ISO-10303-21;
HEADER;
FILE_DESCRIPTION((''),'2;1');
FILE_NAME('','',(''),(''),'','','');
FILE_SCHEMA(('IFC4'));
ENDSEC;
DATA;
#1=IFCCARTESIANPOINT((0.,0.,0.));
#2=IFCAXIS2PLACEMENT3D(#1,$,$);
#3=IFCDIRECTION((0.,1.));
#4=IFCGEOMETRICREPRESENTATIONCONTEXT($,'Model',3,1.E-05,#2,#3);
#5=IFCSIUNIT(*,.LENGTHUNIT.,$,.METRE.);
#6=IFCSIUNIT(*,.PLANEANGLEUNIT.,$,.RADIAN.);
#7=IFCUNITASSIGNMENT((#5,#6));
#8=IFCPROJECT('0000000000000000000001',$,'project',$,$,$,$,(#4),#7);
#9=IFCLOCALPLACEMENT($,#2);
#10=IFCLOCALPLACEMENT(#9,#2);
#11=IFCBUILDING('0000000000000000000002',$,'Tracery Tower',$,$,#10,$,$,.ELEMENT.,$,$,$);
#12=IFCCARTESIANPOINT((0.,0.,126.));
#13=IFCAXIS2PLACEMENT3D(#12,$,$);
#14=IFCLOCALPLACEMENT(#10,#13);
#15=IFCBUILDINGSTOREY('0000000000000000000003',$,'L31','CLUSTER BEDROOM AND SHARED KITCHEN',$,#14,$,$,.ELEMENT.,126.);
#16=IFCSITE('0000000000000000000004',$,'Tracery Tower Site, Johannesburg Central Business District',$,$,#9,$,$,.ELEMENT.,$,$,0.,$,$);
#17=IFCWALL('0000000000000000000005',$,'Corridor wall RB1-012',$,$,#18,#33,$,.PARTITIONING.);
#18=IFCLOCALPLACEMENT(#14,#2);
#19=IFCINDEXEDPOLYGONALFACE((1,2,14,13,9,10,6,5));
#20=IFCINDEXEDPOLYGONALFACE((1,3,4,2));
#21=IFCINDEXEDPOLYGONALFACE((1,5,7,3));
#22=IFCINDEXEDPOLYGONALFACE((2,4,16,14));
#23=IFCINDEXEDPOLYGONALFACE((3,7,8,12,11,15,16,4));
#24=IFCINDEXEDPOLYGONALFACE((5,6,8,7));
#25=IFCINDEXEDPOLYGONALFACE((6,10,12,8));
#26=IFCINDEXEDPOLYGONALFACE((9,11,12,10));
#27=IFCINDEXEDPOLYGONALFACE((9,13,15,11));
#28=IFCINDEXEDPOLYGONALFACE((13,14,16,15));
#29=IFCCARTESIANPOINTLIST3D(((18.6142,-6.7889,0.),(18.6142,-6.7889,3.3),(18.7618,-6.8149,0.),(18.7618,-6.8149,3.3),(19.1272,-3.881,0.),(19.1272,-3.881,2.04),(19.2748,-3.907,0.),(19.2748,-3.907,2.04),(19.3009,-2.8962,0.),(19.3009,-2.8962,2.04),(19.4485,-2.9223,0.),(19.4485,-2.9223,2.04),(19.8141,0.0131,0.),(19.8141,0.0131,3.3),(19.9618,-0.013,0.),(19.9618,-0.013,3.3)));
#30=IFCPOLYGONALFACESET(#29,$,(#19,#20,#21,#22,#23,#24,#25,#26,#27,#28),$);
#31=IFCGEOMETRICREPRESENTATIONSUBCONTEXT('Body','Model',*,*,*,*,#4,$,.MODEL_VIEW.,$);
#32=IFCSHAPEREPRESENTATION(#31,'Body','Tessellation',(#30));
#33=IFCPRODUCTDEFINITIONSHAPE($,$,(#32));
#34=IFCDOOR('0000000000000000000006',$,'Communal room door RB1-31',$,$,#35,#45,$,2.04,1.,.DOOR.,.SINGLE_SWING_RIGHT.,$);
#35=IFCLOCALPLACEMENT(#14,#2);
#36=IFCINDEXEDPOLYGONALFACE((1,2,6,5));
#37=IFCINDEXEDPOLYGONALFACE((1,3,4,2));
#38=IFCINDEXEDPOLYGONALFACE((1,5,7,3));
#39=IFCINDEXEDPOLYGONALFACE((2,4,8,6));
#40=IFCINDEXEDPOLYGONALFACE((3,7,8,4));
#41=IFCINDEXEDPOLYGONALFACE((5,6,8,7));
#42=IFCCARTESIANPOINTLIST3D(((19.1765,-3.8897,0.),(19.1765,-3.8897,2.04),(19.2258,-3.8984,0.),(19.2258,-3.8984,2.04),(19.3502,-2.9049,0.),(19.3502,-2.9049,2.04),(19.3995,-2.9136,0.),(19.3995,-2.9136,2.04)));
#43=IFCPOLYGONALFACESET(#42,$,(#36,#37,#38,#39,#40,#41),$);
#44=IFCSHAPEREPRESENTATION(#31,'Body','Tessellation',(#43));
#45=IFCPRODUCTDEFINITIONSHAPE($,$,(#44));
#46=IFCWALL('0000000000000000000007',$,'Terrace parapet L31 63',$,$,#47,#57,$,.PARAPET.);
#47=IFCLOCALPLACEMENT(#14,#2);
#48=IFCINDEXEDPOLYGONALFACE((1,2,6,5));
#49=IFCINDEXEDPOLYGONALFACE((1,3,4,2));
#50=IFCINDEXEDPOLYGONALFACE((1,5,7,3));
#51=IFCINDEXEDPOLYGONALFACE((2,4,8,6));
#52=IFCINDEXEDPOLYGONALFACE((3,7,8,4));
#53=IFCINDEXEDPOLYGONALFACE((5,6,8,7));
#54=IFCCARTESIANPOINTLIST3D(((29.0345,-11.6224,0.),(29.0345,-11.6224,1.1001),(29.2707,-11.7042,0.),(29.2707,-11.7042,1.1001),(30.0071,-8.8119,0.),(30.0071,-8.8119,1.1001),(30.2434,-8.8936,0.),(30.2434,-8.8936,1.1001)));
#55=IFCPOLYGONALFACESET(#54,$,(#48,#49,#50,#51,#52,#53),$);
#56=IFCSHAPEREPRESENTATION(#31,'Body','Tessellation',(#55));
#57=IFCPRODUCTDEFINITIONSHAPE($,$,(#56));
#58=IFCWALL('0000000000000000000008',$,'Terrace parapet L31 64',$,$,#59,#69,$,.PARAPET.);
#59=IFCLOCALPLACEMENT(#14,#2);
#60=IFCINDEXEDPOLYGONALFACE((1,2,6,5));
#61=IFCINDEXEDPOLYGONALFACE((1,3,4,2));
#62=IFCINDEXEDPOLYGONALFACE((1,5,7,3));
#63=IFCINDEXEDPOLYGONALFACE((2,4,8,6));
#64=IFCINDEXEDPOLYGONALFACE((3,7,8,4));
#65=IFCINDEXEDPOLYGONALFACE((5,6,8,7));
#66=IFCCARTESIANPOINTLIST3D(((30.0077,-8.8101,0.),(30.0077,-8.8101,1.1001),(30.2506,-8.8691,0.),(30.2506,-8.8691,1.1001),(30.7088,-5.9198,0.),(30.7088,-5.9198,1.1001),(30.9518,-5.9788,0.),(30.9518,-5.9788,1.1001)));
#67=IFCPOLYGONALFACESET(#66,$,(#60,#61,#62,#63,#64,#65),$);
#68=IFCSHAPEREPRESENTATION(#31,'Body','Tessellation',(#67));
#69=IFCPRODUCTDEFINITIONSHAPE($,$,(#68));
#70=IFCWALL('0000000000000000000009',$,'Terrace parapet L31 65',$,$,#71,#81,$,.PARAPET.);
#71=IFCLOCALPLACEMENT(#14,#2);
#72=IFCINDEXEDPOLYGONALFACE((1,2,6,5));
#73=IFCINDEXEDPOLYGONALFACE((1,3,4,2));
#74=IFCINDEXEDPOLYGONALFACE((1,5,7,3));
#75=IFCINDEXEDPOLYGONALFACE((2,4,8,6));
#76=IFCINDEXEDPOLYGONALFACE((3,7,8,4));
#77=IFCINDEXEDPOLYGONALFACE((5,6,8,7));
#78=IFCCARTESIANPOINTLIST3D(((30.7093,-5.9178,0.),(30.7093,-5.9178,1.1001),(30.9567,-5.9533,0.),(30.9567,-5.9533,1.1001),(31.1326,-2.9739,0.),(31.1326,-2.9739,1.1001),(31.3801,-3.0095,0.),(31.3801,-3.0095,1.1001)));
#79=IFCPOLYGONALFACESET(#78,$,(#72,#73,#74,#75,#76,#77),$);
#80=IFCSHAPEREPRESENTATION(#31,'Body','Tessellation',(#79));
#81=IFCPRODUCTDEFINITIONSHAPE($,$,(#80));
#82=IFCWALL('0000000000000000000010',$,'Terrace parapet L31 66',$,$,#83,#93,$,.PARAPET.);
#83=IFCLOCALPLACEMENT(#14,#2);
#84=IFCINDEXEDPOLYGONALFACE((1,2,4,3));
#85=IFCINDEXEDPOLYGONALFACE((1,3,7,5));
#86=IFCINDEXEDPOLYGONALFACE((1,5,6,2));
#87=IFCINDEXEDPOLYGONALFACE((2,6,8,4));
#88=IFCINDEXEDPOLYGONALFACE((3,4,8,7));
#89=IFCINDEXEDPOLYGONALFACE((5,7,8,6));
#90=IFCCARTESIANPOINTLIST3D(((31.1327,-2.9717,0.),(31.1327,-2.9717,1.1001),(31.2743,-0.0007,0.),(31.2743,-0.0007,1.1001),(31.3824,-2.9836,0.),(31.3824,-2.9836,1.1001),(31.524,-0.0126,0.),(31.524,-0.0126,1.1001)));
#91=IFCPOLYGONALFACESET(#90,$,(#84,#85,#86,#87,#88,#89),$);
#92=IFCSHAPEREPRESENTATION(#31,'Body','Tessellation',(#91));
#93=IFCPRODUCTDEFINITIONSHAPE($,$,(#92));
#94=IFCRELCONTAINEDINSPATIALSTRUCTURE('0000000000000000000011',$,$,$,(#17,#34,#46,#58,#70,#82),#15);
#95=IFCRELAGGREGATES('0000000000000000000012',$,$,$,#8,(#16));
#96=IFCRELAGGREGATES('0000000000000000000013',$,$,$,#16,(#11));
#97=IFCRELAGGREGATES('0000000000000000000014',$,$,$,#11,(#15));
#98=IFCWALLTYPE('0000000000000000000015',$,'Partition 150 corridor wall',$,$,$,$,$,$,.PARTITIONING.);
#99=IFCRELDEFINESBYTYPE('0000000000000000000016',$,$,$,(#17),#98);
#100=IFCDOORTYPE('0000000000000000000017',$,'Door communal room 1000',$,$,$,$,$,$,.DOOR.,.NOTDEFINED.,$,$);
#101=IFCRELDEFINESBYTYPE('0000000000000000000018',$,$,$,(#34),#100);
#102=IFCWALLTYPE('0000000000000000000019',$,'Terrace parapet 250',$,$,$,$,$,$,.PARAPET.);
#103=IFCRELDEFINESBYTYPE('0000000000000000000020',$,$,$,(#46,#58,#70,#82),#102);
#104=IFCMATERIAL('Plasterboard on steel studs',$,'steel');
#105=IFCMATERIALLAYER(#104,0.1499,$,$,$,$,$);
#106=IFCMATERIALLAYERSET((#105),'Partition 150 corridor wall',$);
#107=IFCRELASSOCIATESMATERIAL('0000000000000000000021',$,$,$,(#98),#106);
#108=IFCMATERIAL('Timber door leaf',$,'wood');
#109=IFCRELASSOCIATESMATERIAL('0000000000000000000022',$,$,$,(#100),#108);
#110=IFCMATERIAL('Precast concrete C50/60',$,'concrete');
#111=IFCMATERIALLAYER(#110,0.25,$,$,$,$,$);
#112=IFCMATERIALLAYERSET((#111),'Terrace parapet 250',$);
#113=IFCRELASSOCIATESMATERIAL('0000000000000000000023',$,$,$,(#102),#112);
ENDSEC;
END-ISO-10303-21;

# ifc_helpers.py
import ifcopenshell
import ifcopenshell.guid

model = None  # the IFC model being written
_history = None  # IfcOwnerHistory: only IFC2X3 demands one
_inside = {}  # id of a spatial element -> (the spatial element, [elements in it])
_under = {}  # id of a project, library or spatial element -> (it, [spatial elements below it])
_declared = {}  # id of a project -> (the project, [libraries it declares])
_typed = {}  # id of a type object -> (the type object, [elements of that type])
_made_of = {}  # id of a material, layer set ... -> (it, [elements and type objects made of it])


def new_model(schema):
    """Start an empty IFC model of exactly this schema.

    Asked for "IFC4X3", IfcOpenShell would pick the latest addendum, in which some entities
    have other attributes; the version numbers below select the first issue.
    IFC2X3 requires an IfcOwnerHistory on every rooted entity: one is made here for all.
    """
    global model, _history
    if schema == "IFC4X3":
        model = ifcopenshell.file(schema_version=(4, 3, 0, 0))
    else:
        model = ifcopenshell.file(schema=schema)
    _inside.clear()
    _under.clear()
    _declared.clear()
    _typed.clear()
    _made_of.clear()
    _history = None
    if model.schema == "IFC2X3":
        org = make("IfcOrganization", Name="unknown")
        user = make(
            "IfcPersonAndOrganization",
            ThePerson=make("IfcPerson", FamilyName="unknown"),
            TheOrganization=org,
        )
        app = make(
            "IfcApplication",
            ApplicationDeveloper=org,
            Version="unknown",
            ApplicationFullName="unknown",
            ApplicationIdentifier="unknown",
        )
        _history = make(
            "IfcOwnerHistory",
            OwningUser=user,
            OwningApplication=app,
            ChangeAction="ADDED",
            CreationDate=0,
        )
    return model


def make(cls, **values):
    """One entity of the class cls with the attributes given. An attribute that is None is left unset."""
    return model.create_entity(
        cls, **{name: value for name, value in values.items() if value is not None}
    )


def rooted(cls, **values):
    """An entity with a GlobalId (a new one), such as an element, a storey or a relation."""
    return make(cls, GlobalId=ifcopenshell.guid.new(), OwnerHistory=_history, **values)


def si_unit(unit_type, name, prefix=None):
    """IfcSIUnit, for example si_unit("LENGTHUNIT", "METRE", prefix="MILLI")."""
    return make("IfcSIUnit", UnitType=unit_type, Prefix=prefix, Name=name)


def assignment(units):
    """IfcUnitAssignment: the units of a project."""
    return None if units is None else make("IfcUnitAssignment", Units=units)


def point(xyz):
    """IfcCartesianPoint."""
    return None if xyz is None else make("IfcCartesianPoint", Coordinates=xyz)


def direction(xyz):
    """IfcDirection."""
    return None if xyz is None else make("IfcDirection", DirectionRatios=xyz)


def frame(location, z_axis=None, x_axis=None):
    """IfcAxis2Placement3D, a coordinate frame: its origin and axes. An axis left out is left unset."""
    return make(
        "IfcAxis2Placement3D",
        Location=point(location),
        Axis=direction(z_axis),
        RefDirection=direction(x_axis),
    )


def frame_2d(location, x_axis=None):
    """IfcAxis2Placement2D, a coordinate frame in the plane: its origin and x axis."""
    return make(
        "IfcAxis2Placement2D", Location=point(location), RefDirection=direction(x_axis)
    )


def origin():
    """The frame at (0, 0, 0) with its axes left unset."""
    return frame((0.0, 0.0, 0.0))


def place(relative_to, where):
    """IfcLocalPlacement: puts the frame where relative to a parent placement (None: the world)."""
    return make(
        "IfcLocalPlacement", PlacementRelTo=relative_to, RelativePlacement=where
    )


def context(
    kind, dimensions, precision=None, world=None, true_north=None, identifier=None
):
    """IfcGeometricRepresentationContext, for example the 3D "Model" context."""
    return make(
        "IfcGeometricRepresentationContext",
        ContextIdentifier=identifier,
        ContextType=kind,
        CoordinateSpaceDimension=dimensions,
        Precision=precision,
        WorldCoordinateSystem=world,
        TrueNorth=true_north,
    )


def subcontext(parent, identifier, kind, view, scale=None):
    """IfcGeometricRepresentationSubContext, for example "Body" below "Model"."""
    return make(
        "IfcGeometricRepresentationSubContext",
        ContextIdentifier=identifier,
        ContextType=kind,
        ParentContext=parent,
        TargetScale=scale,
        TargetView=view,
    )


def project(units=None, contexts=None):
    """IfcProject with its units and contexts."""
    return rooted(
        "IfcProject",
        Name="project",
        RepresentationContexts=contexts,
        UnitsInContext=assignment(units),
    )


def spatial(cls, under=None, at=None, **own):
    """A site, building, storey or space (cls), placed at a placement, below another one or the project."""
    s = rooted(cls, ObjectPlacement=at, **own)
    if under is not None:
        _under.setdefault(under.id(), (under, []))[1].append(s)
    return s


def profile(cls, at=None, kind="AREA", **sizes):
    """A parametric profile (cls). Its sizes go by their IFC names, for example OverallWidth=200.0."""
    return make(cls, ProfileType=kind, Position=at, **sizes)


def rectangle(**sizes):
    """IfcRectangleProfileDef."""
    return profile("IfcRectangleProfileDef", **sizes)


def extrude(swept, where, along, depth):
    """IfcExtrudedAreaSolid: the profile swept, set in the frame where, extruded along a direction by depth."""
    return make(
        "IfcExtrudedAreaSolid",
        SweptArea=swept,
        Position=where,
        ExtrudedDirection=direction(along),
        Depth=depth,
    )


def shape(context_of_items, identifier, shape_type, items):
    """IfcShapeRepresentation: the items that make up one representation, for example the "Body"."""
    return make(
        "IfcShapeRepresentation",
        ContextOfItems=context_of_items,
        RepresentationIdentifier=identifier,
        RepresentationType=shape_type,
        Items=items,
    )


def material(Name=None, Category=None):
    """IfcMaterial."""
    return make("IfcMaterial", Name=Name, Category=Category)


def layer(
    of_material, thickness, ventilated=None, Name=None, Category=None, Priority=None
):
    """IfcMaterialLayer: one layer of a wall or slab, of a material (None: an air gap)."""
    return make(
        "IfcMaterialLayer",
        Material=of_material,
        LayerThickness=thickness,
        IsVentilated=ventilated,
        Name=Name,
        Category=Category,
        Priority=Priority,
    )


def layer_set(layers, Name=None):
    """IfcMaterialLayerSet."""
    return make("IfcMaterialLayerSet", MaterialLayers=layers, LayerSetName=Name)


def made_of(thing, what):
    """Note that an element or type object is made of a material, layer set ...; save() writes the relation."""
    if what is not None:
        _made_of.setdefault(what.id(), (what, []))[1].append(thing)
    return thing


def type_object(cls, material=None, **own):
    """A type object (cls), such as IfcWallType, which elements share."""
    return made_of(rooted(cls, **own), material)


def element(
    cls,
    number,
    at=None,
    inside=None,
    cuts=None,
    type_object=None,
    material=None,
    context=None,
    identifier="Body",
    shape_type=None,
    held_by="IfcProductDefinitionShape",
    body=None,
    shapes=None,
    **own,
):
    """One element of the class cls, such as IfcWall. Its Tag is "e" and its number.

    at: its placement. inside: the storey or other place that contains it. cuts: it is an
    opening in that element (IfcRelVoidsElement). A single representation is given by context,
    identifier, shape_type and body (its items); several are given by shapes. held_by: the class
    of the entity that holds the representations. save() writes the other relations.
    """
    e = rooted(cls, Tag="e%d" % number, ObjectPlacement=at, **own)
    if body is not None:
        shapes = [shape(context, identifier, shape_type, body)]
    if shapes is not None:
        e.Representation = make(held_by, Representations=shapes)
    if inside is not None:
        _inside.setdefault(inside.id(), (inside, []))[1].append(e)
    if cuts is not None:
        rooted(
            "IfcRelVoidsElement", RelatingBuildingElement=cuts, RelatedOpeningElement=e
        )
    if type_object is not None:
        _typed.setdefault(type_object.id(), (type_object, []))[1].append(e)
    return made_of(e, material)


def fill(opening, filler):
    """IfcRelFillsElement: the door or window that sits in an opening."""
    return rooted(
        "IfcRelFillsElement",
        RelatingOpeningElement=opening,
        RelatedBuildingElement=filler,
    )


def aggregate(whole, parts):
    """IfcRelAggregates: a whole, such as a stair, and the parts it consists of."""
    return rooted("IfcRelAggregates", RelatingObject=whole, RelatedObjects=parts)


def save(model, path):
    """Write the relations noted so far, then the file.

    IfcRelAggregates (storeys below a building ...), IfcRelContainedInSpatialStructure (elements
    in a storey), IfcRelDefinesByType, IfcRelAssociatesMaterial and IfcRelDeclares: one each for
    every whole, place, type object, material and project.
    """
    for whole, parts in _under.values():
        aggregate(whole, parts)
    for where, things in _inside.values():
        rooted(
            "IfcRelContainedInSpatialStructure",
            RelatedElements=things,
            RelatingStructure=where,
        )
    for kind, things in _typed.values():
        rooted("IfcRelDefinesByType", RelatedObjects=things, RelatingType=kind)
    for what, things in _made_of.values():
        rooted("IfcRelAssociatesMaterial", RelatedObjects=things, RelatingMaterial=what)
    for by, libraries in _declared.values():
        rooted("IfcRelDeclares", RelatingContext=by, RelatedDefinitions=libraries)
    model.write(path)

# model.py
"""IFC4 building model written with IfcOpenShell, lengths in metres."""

from ifc_helpers import new_model, si_unit, direction, frame, frame_2d, origin, place, context, subcontext, project, spatial, rectangle, extrude, material, layer, layer_set, type_object, element, fill, save


model = new_model("IFC4")

# Units and contexts
model_context = context("Model", 3, precision=1e-05, world=origin(), true_north=direction((0.0, 1.0)))
body_context = subcontext(model_context, "Body", "Model", "MODEL_VIEW")
ifc_project = project(units=[si_unit("LENGTHUNIT", "METRE"), si_unit("PLANEANGLEUNIT", "RADIAN")], contexts=[model_context])

# Site, building, storey
site_placement = place(None, origin())
site = spatial("IfcSite", under=ifc_project, at=site_placement, Name="Tracery Tower Site, Johannesburg Central Business District", CompositionType="ELEMENT", RefElevation=0.0)
building_placement = place(site_placement, origin())
building = spatial("IfcBuilding", under=site, at=building_placement, Name="Tracery Tower", CompositionType="ELEMENT")
storey_placement = place(building_placement, frame((0.0, 0.0, 126.0)))
storey = spatial("IfcBuildingStorey", under=building, at=storey_placement, Name="L31", Description="CLUSTER BEDROOM AND SHARED KITCHEN", CompositionType="ELEMENT", Elevation=126.0)

# Shared definitions
ifc_material_1 = material(Name="Plasterboard on steel studs", Category="steel")
ifc_layer_1 = layer(ifc_material_1, 0.1499)
ifc_layer_set_1 = layer_set([ifc_layer_1], Name="Partition 150 corridor wall")
wall_type_1 = type_object("IfcWallType", Name="Partition 150 corridor wall", PredefinedType="PARTITIONING", material=ifc_layer_set_1)

# Wall, opening, door
wall_1_placement = place(storey_placement, frame((18.688, -6.802, 0.0), z_axis=(0.0, 0.0, 1.0), x_axis=(0.173729, 0.984794, 0.0)))
wall_1 = element("IfcWall", 1, at=wall_1_placement, inside=storey, type_object=wall_type_1, Name="Corridor wall RB1-012", PredefinedType="PARTITIONING", context=body_context, shape_type="SweptSolid", body=[
    extrude(rectangle(XDim=6.907, YDim=0.1499, at=frame_2d((3.4536, 0.0))), origin(), (0.0, 0.0, 1.0), 3.3),
])
opening_1_placement = place(wall_1_placement, frame((2.9529, 0.0, 0.0)))
opening_1 = element("IfcOpeningElement", 2, at=opening_1_placement, cuts=wall_1, PredefinedType="OPENING", context=body_context, shape_type="SweptSolid", body=[
    extrude(rectangle(XDim=1.0, YDim=2.04, at=frame_2d((0.5, 1.02))), frame((0.0, 0.075, 0.0), z_axis=(0.0, -1.0, 0.0), x_axis=(1.0, 0.0, 0.0)), (0.0, 0.0, 1.0), 0.1499),
])
ifc_material_2 = material(Name="Timber door leaf", Category="wood")
door_type_1 = type_object("IfcDoorType", Name="Door communal room 1000", OperationType="NOTDEFINED", PredefinedType="DOOR", material=ifc_material_2)
door_1_placement = place(opening_1_placement, origin())
door_1 = element("IfcDoor", 3, at=door_1_placement, inside=storey, type_object=door_type_1, Name="Communal room door RB1-31", OperationType="SINGLE_SWING_RIGHT", OverallHeight=2.04, OverallWidth=1.0, PredefinedType="DOOR", context=body_context, shape_type="SweptSolid", body=[
    extrude(rectangle(XDim=1.0, YDim=2.04, at=frame_2d((0.5, 1.02))), frame((0.0, 0.0249, 0.0), z_axis=(0.0, -1.0, 0.0), x_axis=(1.0, 0.0, 0.0)), (0.0, 0.0, 1.0), 0.05),
])
fill(opening_1, door_1)

# Walls
ifc_material_3 = material(Name="Precast concrete C50/60", Category="concrete")
ifc_layer_2 = layer(ifc_material_3, 0.25)
ifc_layer_set_2 = layer_set([ifc_layer_2], Name="Terrace parapet 250")
wall_type_2 = type_object("IfcWallType", Name="Terrace parapet 250", PredefinedType="PARAPET", material=ifc_layer_set_2)
for number, where, z_axis, x_axis, name in (
    (4, (29.1526, -11.6633, 0.0), (0.0, 0.0, 1.0), (0.327043, 0.945009, 0.0), "Terrace parapet L31 63"),
    (5, (30.1292, -8.8396, 0.0), (0.0, 0.0, 1.0), (0.23575, 0.971814, 0.0), "Terrace parapet L31 64"),
    (6, (30.833, -5.9355, 0.0), (0.0, 0.0, 1.0), (0.142341, 0.989818, 0.0), "Terrace parapet L31 65"),
):
    element("IfcWall", number, at=place(storey_placement, frame(where, z_axis=z_axis, x_axis=x_axis)), inside=storey, type_object=wall_type_2, Name=name, PredefinedType="PARAPET", context=body_context, shape_type="SweptSolid", body=[
        extrude(rectangle(XDim=2.9741, YDim=0.25, at=frame_2d((1.4871, 0.0))), origin(), (0.0, 0.0, 1.0), 1.1001),
    ])
wall_2_placement = place(storey_placement, frame((31.2576, -2.9778, 0.0), z_axis=(0.0, 0.0, 1.0), x_axis=(0.047608, 0.998866, 0.0)))
element("IfcWall", 7, at=wall_2_placement, inside=storey, type_object=wall_type_2, Name="Terrace parapet L31 66", PredefinedType="PARAPET", context=body_context, shape_type="SweptSolid", body=[
    extrude(rectangle(XDim=2.9744, YDim=0.25, at=frame_2d((1.4873, 0.0))), origin(), (0.0, 0.0, 1.0), 1.1001),
])

save(model, "model.ifc")
